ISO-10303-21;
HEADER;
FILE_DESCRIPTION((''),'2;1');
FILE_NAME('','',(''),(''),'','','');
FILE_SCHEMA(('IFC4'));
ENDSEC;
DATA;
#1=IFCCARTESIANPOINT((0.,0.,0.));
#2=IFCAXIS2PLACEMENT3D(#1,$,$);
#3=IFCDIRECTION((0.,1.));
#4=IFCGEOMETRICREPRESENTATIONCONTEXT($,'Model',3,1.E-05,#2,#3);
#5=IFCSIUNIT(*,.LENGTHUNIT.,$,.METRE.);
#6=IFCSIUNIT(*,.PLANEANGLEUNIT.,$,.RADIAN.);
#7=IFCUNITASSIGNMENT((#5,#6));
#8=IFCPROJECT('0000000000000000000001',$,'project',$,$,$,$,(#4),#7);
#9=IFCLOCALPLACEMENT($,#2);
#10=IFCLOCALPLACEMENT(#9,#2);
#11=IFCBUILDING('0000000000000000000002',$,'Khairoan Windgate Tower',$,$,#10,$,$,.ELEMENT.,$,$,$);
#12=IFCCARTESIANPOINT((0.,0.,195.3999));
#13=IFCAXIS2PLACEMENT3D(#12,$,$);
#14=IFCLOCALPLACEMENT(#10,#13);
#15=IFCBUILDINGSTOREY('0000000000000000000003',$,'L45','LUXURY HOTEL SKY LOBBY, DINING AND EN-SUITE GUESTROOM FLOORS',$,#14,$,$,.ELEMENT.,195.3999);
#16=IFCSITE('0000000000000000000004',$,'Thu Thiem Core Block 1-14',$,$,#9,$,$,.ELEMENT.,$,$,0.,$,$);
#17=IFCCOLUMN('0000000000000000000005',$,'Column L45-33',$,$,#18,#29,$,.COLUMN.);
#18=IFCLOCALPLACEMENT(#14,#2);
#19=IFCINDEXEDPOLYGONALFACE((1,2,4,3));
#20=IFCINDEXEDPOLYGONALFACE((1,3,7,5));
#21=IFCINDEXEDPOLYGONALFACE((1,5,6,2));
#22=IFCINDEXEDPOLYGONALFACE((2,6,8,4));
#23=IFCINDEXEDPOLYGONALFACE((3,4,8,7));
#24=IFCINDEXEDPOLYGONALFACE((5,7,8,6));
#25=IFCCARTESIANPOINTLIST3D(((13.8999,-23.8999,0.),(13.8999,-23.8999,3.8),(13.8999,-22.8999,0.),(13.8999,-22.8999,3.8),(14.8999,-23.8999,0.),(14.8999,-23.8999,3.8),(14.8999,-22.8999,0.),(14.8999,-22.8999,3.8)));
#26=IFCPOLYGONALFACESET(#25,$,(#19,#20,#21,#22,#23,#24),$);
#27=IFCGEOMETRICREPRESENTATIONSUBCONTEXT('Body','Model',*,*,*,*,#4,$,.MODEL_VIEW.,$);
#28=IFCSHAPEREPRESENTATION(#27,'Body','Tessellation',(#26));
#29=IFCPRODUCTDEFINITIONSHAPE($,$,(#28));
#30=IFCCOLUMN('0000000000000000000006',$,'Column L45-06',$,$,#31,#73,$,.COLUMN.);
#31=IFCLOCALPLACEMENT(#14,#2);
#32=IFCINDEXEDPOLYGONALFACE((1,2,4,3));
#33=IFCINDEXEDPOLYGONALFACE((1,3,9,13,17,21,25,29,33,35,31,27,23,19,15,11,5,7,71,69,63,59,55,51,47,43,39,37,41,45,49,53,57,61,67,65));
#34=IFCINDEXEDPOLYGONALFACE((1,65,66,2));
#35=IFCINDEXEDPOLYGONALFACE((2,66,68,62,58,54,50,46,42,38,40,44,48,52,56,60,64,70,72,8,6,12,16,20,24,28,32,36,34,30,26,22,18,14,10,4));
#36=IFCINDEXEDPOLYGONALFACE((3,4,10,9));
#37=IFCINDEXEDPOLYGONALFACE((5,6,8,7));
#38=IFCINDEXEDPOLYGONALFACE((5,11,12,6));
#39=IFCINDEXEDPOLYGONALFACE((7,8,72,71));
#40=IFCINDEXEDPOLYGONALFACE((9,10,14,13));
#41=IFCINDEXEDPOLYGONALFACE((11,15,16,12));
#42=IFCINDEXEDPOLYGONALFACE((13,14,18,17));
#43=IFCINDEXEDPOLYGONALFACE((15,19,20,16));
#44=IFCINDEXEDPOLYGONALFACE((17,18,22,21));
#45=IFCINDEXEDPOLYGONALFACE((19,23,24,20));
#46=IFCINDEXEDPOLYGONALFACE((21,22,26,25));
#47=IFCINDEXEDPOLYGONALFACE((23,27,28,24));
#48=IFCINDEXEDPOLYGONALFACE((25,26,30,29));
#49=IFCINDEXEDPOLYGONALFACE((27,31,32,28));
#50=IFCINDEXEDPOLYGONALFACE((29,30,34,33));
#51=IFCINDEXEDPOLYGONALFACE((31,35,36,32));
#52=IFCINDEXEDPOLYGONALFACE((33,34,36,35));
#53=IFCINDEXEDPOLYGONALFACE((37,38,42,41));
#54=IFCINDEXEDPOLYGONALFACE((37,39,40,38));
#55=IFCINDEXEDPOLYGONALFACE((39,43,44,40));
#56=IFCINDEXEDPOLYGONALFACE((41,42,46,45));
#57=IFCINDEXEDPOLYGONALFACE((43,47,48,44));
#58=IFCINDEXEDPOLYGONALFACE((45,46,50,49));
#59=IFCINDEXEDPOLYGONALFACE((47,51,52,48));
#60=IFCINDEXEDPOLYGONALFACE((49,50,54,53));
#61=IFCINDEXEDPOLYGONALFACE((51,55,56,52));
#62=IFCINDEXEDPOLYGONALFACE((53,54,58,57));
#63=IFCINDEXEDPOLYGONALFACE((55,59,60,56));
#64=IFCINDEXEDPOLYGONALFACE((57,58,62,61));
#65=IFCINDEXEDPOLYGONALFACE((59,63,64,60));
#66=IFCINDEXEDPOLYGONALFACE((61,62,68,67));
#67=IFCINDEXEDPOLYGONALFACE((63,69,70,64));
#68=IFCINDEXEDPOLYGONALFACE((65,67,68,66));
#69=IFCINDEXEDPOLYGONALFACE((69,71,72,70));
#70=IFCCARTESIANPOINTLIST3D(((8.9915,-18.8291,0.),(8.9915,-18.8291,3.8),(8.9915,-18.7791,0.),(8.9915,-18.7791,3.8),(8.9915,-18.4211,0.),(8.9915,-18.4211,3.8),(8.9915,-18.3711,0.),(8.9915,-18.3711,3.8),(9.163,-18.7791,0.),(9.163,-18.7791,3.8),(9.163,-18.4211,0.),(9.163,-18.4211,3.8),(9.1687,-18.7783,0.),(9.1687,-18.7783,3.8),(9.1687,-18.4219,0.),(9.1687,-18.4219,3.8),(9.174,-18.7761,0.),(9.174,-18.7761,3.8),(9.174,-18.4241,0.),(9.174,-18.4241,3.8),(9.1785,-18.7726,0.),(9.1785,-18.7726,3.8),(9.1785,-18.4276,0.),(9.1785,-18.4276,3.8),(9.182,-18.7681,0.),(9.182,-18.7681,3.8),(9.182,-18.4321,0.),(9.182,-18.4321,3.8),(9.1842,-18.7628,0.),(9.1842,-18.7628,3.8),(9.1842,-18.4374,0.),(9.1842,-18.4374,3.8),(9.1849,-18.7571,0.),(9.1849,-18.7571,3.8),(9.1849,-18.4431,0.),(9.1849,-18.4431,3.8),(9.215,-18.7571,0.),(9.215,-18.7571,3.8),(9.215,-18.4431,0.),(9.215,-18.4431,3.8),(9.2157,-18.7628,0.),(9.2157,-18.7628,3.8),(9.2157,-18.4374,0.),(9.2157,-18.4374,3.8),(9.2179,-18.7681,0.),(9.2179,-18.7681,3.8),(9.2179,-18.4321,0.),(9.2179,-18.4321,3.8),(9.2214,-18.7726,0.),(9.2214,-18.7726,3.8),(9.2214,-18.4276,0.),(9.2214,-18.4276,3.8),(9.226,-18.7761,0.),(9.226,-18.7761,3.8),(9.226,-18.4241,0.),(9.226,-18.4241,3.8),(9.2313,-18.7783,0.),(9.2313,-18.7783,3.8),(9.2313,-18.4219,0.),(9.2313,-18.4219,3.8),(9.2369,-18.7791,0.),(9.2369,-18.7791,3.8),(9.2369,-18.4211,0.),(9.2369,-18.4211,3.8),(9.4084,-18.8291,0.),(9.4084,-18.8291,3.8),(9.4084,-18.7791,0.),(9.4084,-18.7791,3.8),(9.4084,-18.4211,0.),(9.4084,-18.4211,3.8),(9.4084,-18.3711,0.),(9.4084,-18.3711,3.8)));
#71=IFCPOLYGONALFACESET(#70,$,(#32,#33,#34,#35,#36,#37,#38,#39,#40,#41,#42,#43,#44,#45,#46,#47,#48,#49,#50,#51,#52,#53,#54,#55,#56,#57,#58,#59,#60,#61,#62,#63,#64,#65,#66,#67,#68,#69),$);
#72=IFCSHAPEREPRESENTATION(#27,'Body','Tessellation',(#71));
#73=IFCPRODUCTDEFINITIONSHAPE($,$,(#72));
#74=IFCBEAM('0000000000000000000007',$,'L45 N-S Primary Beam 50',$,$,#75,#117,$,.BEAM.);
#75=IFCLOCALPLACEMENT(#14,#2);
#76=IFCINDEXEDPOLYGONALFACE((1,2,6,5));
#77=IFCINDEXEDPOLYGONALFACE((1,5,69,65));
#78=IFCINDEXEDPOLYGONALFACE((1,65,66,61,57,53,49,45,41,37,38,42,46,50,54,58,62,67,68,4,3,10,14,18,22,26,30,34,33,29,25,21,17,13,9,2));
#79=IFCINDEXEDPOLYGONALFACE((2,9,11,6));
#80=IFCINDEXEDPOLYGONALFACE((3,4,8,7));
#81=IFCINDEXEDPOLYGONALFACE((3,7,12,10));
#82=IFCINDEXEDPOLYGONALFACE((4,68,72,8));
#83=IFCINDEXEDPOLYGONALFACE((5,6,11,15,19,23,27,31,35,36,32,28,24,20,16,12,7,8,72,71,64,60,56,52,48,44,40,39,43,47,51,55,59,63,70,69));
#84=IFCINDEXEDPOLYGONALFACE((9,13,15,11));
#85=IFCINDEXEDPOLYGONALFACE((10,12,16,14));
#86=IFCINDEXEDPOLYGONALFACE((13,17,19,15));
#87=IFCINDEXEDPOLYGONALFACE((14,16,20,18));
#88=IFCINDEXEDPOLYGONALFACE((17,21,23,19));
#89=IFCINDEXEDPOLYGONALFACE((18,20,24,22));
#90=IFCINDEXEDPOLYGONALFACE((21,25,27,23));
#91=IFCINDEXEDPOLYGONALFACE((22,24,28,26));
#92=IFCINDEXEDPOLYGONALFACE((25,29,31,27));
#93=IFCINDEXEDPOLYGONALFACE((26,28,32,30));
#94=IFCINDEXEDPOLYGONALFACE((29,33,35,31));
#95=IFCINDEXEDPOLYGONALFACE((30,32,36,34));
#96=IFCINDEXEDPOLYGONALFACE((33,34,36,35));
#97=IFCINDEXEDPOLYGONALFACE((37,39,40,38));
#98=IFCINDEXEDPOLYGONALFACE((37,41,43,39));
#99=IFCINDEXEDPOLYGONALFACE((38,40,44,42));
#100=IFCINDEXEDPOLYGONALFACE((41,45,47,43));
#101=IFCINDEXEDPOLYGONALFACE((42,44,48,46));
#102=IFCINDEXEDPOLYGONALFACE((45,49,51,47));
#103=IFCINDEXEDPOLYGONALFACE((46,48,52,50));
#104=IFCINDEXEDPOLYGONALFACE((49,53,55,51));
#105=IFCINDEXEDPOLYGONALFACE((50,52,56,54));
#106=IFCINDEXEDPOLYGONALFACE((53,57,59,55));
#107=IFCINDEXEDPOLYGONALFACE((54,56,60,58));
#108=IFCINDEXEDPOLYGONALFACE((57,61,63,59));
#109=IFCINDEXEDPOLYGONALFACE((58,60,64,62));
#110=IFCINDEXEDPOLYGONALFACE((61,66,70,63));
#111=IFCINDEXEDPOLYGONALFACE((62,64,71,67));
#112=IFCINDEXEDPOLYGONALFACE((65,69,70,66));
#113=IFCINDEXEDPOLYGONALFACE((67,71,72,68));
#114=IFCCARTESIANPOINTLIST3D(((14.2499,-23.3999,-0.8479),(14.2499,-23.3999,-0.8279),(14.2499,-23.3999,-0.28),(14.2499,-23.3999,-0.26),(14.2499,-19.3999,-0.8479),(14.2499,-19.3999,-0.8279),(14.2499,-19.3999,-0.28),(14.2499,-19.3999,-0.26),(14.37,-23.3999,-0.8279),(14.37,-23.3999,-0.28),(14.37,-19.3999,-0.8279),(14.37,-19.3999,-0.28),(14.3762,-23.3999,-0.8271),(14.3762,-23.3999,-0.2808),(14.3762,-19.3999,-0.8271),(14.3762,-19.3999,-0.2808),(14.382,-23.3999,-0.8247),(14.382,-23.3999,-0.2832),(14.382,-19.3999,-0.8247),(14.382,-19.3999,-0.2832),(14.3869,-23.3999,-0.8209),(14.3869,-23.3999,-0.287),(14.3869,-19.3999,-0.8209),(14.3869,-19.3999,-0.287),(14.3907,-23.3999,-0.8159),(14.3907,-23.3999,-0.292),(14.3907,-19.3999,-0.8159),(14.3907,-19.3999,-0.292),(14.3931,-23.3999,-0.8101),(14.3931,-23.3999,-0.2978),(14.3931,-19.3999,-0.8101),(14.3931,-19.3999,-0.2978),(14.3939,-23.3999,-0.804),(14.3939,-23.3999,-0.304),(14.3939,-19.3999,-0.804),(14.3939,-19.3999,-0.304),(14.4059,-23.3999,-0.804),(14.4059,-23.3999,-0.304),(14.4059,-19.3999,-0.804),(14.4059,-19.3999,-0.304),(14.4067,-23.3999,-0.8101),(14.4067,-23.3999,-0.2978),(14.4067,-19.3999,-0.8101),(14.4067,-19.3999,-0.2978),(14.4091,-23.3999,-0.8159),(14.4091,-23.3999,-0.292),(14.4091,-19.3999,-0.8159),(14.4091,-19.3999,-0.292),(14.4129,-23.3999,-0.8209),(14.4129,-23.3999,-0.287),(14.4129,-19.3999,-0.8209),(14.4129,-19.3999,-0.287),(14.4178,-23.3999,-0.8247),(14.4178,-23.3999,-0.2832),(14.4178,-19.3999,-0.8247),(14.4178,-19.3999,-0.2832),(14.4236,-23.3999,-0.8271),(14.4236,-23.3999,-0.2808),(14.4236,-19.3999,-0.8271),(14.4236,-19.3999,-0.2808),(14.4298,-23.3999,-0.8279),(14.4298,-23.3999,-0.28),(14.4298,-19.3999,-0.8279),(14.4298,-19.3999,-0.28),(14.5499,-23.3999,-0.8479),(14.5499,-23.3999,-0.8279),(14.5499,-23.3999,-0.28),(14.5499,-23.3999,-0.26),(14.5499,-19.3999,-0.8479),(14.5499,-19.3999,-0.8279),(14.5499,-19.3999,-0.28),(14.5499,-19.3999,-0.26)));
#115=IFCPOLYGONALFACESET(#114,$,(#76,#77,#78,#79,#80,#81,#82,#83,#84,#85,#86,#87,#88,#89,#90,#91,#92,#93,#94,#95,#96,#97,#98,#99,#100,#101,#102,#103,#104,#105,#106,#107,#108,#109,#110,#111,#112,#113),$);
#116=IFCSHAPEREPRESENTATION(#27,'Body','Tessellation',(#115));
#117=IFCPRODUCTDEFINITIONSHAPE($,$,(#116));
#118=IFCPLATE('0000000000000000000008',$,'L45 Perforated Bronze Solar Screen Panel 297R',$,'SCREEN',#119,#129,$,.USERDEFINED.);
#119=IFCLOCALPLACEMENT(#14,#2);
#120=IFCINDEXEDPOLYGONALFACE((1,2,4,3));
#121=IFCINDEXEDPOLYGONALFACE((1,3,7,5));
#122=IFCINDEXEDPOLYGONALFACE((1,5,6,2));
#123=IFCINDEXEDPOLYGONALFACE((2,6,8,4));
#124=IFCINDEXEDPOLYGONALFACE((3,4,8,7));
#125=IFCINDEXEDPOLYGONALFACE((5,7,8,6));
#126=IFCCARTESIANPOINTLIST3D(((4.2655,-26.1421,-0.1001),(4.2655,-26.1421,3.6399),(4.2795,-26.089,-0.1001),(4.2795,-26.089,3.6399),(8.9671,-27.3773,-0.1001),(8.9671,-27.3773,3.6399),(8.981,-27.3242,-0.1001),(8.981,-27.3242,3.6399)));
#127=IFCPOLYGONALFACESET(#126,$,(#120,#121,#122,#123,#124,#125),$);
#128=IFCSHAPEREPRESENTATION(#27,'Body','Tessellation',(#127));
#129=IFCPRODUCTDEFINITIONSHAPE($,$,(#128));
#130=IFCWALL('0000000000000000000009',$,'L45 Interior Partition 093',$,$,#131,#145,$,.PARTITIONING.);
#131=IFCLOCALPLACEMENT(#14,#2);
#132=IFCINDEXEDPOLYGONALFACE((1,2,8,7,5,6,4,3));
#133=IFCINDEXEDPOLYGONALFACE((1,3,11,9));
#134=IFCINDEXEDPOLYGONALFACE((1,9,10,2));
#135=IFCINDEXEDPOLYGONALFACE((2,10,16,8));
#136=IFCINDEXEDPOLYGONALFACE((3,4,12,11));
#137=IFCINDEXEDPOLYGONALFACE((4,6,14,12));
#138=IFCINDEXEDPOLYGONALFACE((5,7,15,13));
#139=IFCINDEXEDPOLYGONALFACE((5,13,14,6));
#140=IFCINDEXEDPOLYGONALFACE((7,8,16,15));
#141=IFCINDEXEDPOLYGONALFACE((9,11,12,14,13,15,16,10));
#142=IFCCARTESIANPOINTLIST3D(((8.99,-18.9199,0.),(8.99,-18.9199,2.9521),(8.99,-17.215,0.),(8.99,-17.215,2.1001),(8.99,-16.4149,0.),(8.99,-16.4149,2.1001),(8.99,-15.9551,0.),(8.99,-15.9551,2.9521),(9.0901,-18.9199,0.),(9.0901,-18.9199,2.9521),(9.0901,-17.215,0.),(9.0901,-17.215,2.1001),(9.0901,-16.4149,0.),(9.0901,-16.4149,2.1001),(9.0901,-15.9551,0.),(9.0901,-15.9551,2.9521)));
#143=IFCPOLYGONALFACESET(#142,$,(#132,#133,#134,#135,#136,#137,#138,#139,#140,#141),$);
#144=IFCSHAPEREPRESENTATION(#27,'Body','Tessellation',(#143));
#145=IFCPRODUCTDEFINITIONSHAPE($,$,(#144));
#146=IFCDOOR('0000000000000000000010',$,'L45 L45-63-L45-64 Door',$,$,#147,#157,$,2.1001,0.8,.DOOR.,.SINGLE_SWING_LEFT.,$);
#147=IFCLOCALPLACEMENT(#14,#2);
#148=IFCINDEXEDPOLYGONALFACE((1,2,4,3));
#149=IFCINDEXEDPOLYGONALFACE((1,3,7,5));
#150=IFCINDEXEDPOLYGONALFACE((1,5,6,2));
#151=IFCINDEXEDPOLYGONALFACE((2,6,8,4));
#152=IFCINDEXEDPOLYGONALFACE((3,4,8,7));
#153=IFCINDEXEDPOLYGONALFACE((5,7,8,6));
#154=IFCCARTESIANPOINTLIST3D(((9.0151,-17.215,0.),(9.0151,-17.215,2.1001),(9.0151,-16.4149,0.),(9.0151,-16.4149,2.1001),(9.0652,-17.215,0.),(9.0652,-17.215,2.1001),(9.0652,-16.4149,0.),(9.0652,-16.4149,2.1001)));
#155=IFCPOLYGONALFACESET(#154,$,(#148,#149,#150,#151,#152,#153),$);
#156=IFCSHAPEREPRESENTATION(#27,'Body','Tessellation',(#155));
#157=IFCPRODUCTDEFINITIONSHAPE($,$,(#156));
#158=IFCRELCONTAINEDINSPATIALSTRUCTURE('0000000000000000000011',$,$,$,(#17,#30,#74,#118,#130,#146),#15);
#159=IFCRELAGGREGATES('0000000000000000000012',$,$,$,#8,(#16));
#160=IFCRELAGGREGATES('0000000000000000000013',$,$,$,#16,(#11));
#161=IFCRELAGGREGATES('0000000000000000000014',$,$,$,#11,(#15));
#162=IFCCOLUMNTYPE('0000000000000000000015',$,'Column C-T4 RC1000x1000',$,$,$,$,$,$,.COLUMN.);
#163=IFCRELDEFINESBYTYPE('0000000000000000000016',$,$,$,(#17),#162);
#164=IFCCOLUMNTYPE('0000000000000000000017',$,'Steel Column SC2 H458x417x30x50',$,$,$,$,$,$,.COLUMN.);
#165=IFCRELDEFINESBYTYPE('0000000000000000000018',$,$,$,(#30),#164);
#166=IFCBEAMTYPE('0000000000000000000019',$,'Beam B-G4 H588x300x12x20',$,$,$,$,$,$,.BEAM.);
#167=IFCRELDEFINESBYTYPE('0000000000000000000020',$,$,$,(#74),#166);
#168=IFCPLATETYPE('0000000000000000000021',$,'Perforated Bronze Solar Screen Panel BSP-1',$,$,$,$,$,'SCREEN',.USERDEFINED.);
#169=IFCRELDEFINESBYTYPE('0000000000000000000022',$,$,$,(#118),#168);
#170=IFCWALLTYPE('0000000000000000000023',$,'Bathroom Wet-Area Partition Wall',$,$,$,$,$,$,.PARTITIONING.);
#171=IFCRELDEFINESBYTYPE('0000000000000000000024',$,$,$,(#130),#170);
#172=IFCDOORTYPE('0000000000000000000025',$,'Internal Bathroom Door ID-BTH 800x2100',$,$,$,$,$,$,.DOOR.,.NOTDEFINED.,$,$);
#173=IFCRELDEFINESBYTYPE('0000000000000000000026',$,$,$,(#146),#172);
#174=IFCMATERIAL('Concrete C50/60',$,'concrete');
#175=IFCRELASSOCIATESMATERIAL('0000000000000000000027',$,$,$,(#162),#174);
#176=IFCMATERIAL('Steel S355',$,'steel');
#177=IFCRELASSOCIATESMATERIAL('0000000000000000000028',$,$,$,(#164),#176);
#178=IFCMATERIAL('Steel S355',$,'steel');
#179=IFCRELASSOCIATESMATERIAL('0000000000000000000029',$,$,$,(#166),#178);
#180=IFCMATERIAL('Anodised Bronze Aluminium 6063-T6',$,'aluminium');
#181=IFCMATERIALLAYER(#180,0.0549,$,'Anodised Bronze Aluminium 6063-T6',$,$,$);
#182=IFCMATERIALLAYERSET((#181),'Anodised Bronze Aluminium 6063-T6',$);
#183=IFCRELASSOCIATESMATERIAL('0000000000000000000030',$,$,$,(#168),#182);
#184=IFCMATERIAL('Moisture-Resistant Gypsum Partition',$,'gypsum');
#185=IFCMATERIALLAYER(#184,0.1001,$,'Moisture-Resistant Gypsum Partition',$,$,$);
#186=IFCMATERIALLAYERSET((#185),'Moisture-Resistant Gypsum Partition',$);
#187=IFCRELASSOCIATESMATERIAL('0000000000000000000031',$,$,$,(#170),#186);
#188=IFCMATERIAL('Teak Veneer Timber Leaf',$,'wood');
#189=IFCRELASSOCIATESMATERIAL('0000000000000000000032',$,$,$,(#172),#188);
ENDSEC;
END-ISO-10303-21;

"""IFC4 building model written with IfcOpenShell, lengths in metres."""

from ifc_helpers import new_model, si_unit, direction, frame, frame_2d, origin, origin_2d, place, context, subcontext, project, spatial, rectangle, i_section, extrude, material, layer, layer_set, material_profile, profile_set, type_object, element, fill, save


model = new_model("IFC4")

# Units and contexts
model_context = context("Model", 3, precision=1e-05, world=origin(), true_north=direction((0.0, 1.0)))
body_context = subcontext(model_context, "Body", "Model", "MODEL_VIEW")
ifc_project = project(units=[si_unit("LENGTHUNIT", "METRE"), si_unit("PLANEANGLEUNIT", "RADIAN")], contexts=[model_context])

# Site, building, storey
site_placement = place(None, origin())
site = spatial("IfcSite", under=ifc_project, at=site_placement, Name="Thu Thiem Core Block 1-14", CompositionType="ELEMENT", RefElevation=0.0)
building_placement = place(site_placement, origin())
building = spatial("IfcBuilding", under=site, at=building_placement, Name="Khairoan Windgate Tower", CompositionType="ELEMENT")
storey_placement = place(building_placement, frame((0.0, 0.0, 195.3999)))
storey = spatial("IfcBuildingStorey", under=building, at=storey_placement, Name="L45", Description="LUXURY HOTEL SKY LOBBY, DINING AND EN-SUITE GUESTROOM FLOORS", CompositionType="ELEMENT", Elevation=195.3999)

# Columns
ifc_material_1 = material(Name="Concrete C50/60", Category="concrete")
ifc_material_profile_1 = material_profile(ifc_material_1, rectangle(XDim=1.0, YDim=1.0, at=origin_2d()))
ifc_profile_set_1 = profile_set([ifc_material_profile_1], Name="Concrete C50/60")
column_type_1 = type_object("IfcColumnType", Name="Column C-T4 RC1000x1000", PredefinedType="COLUMN", material=ifc_profile_set_1)
column_1_placement = place(storey_placement, frame((14.3999, -23.3999, 0.0), z_axis=(0.0, 0.0, 1.0), x_axis=(1.0, 0.0, 0.0)))
element("IfcColumn", 1, at=column_1_placement, inside=storey, type_object=column_type_1, Name="Column L45-33", PredefinedType="COLUMN", context=body_context, shape_type="SweptSolid", body=[
    extrude(rectangle(XDim=1.0, YDim=1.0, at=origin_2d()), origin(), (0.0, 0.0, 1.0), 3.8),
])
ifc_material_2 = material(Name="Steel S355", Category="steel")
ifc_material_profile_2 = material_profile(ifc_material_2, i_section(OverallWidth=0.417, OverallDepth=0.458, WebThickness=0.03, FlangeThickness=0.05, FilletRadius=0.022, at=origin_2d()))
ifc_profile_set_2 = profile_set([ifc_material_profile_2], Name="Steel S355")
column_type_2 = type_object("IfcColumnType", Name="Steel Column SC2 H458x417x30x50", PredefinedType="COLUMN", material=ifc_profile_set_2)
column_2_placement = place(storey_placement, frame((9.2, -18.6001, 0.0), z_axis=(0.0, 0.0, 1.0), x_axis=(1.0, 0.0, 0.0)))
element("IfcColumn", 2, at=column_2_placement, inside=storey, type_object=column_type_2, Name="Column L45-06", PredefinedType="COLUMN", context=body_context, shape_type="SweptSolid", body=[
    extrude(i_section(OverallWidth=0.417, OverallDepth=0.458, WebThickness=0.03, FlangeThickness=0.05, FilletRadius=0.022, at=origin_2d()), origin(), (0.0, 0.0, 1.0), 3.8),
])

# Beam
ifc_material_3 = material(Name="Steel S355", Category="steel")
ifc_material_profile_3 = material_profile(ifc_material_3, i_section(OverallWidth=0.3, OverallDepth=0.5879, WebThickness=0.012, FlangeThickness=0.02, FilletRadius=0.0239, at=origin_2d()))
ifc_profile_set_3 = profile_set([ifc_material_profile_3], Name="Steel S355")
beam_type = type_object("IfcBeamType", Name="Beam B-G4 H588x300x12x20", PredefinedType="BEAM", material=ifc_profile_set_3)
beam_placement = place(storey_placement, frame((14.3999, -23.3999, -0.554), z_axis=(0.0, 1.0, 0.0), x_axis=(-1.0, 0.0, 0.0)))
element("IfcBeam", 3, at=beam_placement, inside=storey, type_object=beam_type, Name="L45 N-S Primary Beam 50", PredefinedType="BEAM", context=body_context, shape_type="SweptSolid", body=[
    extrude(i_section(OverallWidth=0.3, OverallDepth=0.5879, WebThickness=0.012, FlangeThickness=0.02, FilletRadius=0.0239, at=origin_2d()), origin(), (0.0, 0.0, 1.0), 4.0),
])

# Plate
ifc_material_4 = material(Name="Anodised Bronze Aluminium 6063-T6", Category="aluminium")
ifc_layer_1 = layer(ifc_material_4, 0.0549, Name="Anodised Bronze Aluminium 6063-T6")
ifc_layer_set_1 = layer_set([ifc_layer_1], Name="Anodised Bronze Aluminium 6063-T6")
plate_type = type_object("IfcPlateType", Name="Perforated Bronze Solar Screen Panel BSP-1", ElementType="SCREEN", PredefinedType="USERDEFINED", material=ifc_layer_set_1)
plate_placement = place(storey_placement, frame((6.6233, -26.7332, -0.1001), z_axis=(0.0, 0.0, 1.0), x_axis=(-0.967179, 0.254096, 0.0)))
element("IfcPlate", 4, at=plate_placement, inside=storey, type_object=plate_type, Name="L45 Perforated Bronze Solar Screen Panel 297R", ObjectType="SCREEN", PredefinedType="USERDEFINED", context=body_context, shape_type="SweptSolid", body=[
    extrude(rectangle(XDim=4.8611, YDim=0.0549, at=origin_2d()), origin(), (0.0, 0.0, 1.0), 3.74),
])

# Wall, opening, door
ifc_material_5 = material(Name="Moisture-Resistant Gypsum Partition", Category="gypsum")
ifc_layer_2 = layer(ifc_material_5, 0.1001, Name="Moisture-Resistant Gypsum Partition")
ifc_layer_set_2 = layer_set([ifc_layer_2], Name="Moisture-Resistant Gypsum Partition")
wall_type_1 = type_object("IfcWallType", Name="Bathroom Wet-Area Partition Wall", PredefinedType="PARTITIONING", material=ifc_layer_set_2)
wall_1_placement = place(storey_placement, frame((9.04, -18.9199, 0.0), z_axis=(0.0, 0.0, 1.0), x_axis=(0.0, 1.0, 0.0)))
wall_1 = element("IfcWall", 5, at=wall_1_placement, inside=storey, type_object=wall_type_1, Name="L45 Interior Partition 093", PredefinedType="PARTITIONING", context=body_context, shape_type="SweptSolid", body=[
    extrude(rectangle(XDim=2.9648, YDim=0.1001, at=frame_2d((1.4824, 0.0))), origin(), (0.0, 0.0, 1.0), 2.9521),
])
opening_1_placement = place(wall_1_placement, frame((1.7051, 0.0, 0.0)))
opening_1 = element("IfcOpeningElement", 6, at=opening_1_placement, cuts=wall_1, PredefinedType="OPENING", context=body_context, shape_type="SweptSolid", body=[
    extrude(rectangle(XDim=0.8, YDim=2.1001, at=frame_2d((0.3999, 1.05))), frame((0.0, 0.0601, 0.0), z_axis=(0.0, -1.0, 0.0), x_axis=(1.0, 0.0, 0.0)), (0.0, 0.0, 1.0), 0.1201),
])
ifc_material_6 = material(Name="Teak Veneer Timber Leaf", Category="wood")
door_type_1 = type_object("IfcDoorType", Name="Internal Bathroom Door ID-BTH 800x2100", OperationType="NOTDEFINED", PredefinedType="DOOR", material=ifc_material_6)
door_1_placement = place(opening_1_placement, origin())
door_1 = element("IfcDoor", 7, at=door_1_placement, inside=storey, type_object=door_type_1, Name="L45 L45-63-L45-64 Door", OperationType="SINGLE_SWING_LEFT", OverallHeight=2.1001, OverallWidth=0.8, PredefinedType="DOOR", context=body_context, shape_type="SweptSolid", body=[
    extrude(rectangle(XDim=0.8, YDim=2.1001, at=frame_2d((0.3999, 1.05))), frame((0.0, 0.0249, 0.0), z_axis=(0.0, -1.0, 0.0), x_axis=(1.0, 0.0, 0.0)), (0.0, 0.0, 1.0), 0.05),
])
fill(opening_1, door_1)

save(model, "model.ifc")
